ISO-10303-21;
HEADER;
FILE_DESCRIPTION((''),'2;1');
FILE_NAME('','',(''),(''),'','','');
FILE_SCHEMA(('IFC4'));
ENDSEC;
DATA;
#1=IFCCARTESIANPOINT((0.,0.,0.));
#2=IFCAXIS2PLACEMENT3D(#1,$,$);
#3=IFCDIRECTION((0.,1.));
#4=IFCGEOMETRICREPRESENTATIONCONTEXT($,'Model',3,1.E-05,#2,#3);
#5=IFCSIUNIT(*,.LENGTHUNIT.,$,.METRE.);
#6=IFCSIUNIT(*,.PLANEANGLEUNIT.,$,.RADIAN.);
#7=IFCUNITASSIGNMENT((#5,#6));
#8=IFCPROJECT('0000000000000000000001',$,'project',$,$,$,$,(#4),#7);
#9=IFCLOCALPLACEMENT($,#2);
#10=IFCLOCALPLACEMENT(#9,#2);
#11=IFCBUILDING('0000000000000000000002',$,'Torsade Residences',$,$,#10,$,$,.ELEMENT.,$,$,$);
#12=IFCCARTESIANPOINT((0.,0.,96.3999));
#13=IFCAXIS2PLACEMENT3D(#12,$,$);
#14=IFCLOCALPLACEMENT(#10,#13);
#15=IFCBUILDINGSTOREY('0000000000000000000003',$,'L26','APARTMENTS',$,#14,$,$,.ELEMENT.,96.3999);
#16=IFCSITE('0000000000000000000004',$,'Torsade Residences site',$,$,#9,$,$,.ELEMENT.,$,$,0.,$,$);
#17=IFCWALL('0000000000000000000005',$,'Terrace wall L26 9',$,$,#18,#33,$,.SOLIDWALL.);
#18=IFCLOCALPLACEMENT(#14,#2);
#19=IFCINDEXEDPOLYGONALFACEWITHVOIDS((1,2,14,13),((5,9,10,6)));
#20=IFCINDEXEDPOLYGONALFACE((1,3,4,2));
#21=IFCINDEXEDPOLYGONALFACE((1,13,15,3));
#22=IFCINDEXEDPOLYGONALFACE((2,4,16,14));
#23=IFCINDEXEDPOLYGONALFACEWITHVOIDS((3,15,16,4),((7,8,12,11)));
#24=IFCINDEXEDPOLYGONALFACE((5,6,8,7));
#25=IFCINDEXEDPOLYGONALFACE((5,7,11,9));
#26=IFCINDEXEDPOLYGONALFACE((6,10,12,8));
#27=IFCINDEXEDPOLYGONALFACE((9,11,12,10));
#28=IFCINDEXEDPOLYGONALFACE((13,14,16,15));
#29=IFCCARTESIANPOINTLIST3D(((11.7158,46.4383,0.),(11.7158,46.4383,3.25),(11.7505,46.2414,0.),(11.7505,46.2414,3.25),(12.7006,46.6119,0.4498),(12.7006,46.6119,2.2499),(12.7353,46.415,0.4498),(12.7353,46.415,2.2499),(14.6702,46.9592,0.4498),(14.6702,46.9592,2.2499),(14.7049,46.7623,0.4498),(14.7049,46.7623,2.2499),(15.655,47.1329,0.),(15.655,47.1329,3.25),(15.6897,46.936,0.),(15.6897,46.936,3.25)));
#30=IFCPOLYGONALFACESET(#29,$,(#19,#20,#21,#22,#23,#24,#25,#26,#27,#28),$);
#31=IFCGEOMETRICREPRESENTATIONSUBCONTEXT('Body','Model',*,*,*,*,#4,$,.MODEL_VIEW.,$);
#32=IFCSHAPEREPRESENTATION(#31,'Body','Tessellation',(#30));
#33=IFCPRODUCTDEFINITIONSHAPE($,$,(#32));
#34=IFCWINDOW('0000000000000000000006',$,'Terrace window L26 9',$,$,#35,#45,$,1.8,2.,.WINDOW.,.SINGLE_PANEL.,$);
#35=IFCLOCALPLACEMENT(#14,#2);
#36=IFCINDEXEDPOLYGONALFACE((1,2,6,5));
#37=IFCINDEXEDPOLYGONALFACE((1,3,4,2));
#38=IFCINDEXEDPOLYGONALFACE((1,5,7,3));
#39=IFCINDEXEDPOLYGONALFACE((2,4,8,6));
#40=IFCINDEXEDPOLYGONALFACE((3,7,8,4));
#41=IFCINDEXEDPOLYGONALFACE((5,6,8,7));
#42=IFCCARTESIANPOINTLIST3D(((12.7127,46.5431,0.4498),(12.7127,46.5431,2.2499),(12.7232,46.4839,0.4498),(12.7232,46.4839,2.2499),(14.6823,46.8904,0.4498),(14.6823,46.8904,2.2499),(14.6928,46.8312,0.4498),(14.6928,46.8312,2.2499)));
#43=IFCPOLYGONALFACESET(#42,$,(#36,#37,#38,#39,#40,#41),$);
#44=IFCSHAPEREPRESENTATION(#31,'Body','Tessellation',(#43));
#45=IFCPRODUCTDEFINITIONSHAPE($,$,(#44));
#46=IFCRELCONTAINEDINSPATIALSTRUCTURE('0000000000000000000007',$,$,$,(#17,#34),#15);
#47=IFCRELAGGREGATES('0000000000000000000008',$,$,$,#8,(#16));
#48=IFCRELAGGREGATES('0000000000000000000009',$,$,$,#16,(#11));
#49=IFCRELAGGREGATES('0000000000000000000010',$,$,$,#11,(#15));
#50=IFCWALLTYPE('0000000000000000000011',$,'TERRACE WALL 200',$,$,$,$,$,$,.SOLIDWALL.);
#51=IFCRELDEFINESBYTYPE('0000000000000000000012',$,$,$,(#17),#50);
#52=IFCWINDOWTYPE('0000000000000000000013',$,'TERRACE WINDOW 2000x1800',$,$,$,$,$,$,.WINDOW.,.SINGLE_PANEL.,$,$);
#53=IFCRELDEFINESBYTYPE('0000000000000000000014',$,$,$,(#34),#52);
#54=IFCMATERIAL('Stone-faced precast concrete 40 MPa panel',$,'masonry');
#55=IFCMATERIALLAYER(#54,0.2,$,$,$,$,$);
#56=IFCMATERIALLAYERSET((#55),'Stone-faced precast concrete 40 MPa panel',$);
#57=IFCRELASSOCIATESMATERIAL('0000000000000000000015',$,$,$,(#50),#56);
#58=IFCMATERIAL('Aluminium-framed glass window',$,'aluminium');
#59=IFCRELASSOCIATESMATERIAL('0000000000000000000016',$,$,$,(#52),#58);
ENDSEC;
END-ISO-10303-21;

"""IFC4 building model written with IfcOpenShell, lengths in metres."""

from ifc_helpers import new_model, si_unit, direction, frame, frame_2d, origin, place, context, subcontext, project, spatial, rectangle, extrude, material, layer, layer_set, type_object, element, fill, save


model = new_model("IFC4")

# Units and contexts
model_context = context("Model", 3, precision=1e-05, world=origin(), true_north=direction((0.0, 1.0)))
body_context = subcontext(model_context, "Body", "Model", "MODEL_VIEW")
ifc_project = project(units=[si_unit("LENGTHUNIT", "METRE"), si_unit("PLANEANGLEUNIT", "RADIAN")], contexts=[model_context])

# Site, building, storey
site_placement = place(None, origin())
site = spatial("IfcSite", under=ifc_project, at=site_placement, Name="Torsade Residences site", CompositionType="ELEMENT", RefElevation=0.0)
building_placement = place(site_placement, origin())
building = spatial("IfcBuilding", under=site, at=building_placement, Name="Torsade Residences", CompositionType="ELEMENT")
storey_placement = place(building_placement, frame((0.0, 0.0, 96.3999)))
storey = spatial("IfcBuildingStorey", under=building, at=storey_placement, Name="L26", Description="APARTMENTS", CompositionType="ELEMENT", Elevation=96.3999)

# Shared definitions
ifc_material_1 = material(Name="Stone-faced precast concrete 40 MPa panel", Category="masonry")
ifc_layer_1 = layer(ifc_material_1, 0.2)
ifc_layer_set_1 = layer_set([ifc_layer_1], Name="Stone-faced precast concrete 40 MPa panel")
wall_type_1 = type_object("IfcWallType", Name="TERRACE WALL 200", PredefinedType="SOLIDWALL", material=ifc_layer_set_1)

# Wall, opening, window
wall_1_placement = place(storey_placement, frame((15.6724, 47.0344, 0.0), z_axis=(0.0, 0.0, 1.0), x_axis=(-0.984808, -0.173646, 0.0)))
wall_1 = element("IfcWall", 1, at=wall_1_placement, inside=storey, type_object=wall_type_1, Name="Terrace wall L26 9", PredefinedType="SOLIDWALL", context=body_context, shape_type="SweptSolid", body=[
    extrude(rectangle(XDim=4.0, YDim=0.2, at=frame_2d((2.0, 0.0))), origin(), (0.0, 0.0, 1.0), 3.25),
])
opening_1_placement = place(wall_1_placement, frame((1.0, 0.0, 0.45)))
opening_1 = element("IfcOpeningElement", 2, at=opening_1_placement, cuts=wall_1, PredefinedType="OPENING", context=body_context, shape_type="SweptSolid", body=[
    extrude(rectangle(XDim=2.0, YDim=1.8, at=frame_2d((1.0, 0.8999))), frame((0.0, 0.1099, 0.0), z_axis=(0.0, -1.0, 0.0), x_axis=(1.0, 0.0, 0.0)), (0.0, 0.0, 1.0), 0.22),
])
ifc_material_2 = material(Name="Aluminium-framed glass window", Category="aluminium")
window_type = type_object("IfcWindowType", Name="TERRACE WINDOW 2000x1800", PartitioningType="SINGLE_PANEL", PredefinedType="WINDOW", material=ifc_material_2)
window_placement = place(opening_1_placement, origin())
window = element("IfcWindow", 3, at=window_placement, inside=storey, type_object=window_type, Name="Terrace window L26 9", OverallHeight=1.8, OverallWidth=2.0, PartitioningType="SINGLE_PANEL", PredefinedType="WINDOW", context=body_context, shape_type="SweptSolid", body=[
    extrude(rectangle(XDim=2.0, YDim=1.8, at=frame_2d((1.0, 0.8999))), frame((0.0, 0.03, 0.0), z_axis=(0.0, -1.0, 0.0), x_axis=(1.0, 0.0, 0.0)), (0.0, 0.0, 1.0), 0.0601),
])
fill(opening_1, window)

save(model, "model.ifc")
